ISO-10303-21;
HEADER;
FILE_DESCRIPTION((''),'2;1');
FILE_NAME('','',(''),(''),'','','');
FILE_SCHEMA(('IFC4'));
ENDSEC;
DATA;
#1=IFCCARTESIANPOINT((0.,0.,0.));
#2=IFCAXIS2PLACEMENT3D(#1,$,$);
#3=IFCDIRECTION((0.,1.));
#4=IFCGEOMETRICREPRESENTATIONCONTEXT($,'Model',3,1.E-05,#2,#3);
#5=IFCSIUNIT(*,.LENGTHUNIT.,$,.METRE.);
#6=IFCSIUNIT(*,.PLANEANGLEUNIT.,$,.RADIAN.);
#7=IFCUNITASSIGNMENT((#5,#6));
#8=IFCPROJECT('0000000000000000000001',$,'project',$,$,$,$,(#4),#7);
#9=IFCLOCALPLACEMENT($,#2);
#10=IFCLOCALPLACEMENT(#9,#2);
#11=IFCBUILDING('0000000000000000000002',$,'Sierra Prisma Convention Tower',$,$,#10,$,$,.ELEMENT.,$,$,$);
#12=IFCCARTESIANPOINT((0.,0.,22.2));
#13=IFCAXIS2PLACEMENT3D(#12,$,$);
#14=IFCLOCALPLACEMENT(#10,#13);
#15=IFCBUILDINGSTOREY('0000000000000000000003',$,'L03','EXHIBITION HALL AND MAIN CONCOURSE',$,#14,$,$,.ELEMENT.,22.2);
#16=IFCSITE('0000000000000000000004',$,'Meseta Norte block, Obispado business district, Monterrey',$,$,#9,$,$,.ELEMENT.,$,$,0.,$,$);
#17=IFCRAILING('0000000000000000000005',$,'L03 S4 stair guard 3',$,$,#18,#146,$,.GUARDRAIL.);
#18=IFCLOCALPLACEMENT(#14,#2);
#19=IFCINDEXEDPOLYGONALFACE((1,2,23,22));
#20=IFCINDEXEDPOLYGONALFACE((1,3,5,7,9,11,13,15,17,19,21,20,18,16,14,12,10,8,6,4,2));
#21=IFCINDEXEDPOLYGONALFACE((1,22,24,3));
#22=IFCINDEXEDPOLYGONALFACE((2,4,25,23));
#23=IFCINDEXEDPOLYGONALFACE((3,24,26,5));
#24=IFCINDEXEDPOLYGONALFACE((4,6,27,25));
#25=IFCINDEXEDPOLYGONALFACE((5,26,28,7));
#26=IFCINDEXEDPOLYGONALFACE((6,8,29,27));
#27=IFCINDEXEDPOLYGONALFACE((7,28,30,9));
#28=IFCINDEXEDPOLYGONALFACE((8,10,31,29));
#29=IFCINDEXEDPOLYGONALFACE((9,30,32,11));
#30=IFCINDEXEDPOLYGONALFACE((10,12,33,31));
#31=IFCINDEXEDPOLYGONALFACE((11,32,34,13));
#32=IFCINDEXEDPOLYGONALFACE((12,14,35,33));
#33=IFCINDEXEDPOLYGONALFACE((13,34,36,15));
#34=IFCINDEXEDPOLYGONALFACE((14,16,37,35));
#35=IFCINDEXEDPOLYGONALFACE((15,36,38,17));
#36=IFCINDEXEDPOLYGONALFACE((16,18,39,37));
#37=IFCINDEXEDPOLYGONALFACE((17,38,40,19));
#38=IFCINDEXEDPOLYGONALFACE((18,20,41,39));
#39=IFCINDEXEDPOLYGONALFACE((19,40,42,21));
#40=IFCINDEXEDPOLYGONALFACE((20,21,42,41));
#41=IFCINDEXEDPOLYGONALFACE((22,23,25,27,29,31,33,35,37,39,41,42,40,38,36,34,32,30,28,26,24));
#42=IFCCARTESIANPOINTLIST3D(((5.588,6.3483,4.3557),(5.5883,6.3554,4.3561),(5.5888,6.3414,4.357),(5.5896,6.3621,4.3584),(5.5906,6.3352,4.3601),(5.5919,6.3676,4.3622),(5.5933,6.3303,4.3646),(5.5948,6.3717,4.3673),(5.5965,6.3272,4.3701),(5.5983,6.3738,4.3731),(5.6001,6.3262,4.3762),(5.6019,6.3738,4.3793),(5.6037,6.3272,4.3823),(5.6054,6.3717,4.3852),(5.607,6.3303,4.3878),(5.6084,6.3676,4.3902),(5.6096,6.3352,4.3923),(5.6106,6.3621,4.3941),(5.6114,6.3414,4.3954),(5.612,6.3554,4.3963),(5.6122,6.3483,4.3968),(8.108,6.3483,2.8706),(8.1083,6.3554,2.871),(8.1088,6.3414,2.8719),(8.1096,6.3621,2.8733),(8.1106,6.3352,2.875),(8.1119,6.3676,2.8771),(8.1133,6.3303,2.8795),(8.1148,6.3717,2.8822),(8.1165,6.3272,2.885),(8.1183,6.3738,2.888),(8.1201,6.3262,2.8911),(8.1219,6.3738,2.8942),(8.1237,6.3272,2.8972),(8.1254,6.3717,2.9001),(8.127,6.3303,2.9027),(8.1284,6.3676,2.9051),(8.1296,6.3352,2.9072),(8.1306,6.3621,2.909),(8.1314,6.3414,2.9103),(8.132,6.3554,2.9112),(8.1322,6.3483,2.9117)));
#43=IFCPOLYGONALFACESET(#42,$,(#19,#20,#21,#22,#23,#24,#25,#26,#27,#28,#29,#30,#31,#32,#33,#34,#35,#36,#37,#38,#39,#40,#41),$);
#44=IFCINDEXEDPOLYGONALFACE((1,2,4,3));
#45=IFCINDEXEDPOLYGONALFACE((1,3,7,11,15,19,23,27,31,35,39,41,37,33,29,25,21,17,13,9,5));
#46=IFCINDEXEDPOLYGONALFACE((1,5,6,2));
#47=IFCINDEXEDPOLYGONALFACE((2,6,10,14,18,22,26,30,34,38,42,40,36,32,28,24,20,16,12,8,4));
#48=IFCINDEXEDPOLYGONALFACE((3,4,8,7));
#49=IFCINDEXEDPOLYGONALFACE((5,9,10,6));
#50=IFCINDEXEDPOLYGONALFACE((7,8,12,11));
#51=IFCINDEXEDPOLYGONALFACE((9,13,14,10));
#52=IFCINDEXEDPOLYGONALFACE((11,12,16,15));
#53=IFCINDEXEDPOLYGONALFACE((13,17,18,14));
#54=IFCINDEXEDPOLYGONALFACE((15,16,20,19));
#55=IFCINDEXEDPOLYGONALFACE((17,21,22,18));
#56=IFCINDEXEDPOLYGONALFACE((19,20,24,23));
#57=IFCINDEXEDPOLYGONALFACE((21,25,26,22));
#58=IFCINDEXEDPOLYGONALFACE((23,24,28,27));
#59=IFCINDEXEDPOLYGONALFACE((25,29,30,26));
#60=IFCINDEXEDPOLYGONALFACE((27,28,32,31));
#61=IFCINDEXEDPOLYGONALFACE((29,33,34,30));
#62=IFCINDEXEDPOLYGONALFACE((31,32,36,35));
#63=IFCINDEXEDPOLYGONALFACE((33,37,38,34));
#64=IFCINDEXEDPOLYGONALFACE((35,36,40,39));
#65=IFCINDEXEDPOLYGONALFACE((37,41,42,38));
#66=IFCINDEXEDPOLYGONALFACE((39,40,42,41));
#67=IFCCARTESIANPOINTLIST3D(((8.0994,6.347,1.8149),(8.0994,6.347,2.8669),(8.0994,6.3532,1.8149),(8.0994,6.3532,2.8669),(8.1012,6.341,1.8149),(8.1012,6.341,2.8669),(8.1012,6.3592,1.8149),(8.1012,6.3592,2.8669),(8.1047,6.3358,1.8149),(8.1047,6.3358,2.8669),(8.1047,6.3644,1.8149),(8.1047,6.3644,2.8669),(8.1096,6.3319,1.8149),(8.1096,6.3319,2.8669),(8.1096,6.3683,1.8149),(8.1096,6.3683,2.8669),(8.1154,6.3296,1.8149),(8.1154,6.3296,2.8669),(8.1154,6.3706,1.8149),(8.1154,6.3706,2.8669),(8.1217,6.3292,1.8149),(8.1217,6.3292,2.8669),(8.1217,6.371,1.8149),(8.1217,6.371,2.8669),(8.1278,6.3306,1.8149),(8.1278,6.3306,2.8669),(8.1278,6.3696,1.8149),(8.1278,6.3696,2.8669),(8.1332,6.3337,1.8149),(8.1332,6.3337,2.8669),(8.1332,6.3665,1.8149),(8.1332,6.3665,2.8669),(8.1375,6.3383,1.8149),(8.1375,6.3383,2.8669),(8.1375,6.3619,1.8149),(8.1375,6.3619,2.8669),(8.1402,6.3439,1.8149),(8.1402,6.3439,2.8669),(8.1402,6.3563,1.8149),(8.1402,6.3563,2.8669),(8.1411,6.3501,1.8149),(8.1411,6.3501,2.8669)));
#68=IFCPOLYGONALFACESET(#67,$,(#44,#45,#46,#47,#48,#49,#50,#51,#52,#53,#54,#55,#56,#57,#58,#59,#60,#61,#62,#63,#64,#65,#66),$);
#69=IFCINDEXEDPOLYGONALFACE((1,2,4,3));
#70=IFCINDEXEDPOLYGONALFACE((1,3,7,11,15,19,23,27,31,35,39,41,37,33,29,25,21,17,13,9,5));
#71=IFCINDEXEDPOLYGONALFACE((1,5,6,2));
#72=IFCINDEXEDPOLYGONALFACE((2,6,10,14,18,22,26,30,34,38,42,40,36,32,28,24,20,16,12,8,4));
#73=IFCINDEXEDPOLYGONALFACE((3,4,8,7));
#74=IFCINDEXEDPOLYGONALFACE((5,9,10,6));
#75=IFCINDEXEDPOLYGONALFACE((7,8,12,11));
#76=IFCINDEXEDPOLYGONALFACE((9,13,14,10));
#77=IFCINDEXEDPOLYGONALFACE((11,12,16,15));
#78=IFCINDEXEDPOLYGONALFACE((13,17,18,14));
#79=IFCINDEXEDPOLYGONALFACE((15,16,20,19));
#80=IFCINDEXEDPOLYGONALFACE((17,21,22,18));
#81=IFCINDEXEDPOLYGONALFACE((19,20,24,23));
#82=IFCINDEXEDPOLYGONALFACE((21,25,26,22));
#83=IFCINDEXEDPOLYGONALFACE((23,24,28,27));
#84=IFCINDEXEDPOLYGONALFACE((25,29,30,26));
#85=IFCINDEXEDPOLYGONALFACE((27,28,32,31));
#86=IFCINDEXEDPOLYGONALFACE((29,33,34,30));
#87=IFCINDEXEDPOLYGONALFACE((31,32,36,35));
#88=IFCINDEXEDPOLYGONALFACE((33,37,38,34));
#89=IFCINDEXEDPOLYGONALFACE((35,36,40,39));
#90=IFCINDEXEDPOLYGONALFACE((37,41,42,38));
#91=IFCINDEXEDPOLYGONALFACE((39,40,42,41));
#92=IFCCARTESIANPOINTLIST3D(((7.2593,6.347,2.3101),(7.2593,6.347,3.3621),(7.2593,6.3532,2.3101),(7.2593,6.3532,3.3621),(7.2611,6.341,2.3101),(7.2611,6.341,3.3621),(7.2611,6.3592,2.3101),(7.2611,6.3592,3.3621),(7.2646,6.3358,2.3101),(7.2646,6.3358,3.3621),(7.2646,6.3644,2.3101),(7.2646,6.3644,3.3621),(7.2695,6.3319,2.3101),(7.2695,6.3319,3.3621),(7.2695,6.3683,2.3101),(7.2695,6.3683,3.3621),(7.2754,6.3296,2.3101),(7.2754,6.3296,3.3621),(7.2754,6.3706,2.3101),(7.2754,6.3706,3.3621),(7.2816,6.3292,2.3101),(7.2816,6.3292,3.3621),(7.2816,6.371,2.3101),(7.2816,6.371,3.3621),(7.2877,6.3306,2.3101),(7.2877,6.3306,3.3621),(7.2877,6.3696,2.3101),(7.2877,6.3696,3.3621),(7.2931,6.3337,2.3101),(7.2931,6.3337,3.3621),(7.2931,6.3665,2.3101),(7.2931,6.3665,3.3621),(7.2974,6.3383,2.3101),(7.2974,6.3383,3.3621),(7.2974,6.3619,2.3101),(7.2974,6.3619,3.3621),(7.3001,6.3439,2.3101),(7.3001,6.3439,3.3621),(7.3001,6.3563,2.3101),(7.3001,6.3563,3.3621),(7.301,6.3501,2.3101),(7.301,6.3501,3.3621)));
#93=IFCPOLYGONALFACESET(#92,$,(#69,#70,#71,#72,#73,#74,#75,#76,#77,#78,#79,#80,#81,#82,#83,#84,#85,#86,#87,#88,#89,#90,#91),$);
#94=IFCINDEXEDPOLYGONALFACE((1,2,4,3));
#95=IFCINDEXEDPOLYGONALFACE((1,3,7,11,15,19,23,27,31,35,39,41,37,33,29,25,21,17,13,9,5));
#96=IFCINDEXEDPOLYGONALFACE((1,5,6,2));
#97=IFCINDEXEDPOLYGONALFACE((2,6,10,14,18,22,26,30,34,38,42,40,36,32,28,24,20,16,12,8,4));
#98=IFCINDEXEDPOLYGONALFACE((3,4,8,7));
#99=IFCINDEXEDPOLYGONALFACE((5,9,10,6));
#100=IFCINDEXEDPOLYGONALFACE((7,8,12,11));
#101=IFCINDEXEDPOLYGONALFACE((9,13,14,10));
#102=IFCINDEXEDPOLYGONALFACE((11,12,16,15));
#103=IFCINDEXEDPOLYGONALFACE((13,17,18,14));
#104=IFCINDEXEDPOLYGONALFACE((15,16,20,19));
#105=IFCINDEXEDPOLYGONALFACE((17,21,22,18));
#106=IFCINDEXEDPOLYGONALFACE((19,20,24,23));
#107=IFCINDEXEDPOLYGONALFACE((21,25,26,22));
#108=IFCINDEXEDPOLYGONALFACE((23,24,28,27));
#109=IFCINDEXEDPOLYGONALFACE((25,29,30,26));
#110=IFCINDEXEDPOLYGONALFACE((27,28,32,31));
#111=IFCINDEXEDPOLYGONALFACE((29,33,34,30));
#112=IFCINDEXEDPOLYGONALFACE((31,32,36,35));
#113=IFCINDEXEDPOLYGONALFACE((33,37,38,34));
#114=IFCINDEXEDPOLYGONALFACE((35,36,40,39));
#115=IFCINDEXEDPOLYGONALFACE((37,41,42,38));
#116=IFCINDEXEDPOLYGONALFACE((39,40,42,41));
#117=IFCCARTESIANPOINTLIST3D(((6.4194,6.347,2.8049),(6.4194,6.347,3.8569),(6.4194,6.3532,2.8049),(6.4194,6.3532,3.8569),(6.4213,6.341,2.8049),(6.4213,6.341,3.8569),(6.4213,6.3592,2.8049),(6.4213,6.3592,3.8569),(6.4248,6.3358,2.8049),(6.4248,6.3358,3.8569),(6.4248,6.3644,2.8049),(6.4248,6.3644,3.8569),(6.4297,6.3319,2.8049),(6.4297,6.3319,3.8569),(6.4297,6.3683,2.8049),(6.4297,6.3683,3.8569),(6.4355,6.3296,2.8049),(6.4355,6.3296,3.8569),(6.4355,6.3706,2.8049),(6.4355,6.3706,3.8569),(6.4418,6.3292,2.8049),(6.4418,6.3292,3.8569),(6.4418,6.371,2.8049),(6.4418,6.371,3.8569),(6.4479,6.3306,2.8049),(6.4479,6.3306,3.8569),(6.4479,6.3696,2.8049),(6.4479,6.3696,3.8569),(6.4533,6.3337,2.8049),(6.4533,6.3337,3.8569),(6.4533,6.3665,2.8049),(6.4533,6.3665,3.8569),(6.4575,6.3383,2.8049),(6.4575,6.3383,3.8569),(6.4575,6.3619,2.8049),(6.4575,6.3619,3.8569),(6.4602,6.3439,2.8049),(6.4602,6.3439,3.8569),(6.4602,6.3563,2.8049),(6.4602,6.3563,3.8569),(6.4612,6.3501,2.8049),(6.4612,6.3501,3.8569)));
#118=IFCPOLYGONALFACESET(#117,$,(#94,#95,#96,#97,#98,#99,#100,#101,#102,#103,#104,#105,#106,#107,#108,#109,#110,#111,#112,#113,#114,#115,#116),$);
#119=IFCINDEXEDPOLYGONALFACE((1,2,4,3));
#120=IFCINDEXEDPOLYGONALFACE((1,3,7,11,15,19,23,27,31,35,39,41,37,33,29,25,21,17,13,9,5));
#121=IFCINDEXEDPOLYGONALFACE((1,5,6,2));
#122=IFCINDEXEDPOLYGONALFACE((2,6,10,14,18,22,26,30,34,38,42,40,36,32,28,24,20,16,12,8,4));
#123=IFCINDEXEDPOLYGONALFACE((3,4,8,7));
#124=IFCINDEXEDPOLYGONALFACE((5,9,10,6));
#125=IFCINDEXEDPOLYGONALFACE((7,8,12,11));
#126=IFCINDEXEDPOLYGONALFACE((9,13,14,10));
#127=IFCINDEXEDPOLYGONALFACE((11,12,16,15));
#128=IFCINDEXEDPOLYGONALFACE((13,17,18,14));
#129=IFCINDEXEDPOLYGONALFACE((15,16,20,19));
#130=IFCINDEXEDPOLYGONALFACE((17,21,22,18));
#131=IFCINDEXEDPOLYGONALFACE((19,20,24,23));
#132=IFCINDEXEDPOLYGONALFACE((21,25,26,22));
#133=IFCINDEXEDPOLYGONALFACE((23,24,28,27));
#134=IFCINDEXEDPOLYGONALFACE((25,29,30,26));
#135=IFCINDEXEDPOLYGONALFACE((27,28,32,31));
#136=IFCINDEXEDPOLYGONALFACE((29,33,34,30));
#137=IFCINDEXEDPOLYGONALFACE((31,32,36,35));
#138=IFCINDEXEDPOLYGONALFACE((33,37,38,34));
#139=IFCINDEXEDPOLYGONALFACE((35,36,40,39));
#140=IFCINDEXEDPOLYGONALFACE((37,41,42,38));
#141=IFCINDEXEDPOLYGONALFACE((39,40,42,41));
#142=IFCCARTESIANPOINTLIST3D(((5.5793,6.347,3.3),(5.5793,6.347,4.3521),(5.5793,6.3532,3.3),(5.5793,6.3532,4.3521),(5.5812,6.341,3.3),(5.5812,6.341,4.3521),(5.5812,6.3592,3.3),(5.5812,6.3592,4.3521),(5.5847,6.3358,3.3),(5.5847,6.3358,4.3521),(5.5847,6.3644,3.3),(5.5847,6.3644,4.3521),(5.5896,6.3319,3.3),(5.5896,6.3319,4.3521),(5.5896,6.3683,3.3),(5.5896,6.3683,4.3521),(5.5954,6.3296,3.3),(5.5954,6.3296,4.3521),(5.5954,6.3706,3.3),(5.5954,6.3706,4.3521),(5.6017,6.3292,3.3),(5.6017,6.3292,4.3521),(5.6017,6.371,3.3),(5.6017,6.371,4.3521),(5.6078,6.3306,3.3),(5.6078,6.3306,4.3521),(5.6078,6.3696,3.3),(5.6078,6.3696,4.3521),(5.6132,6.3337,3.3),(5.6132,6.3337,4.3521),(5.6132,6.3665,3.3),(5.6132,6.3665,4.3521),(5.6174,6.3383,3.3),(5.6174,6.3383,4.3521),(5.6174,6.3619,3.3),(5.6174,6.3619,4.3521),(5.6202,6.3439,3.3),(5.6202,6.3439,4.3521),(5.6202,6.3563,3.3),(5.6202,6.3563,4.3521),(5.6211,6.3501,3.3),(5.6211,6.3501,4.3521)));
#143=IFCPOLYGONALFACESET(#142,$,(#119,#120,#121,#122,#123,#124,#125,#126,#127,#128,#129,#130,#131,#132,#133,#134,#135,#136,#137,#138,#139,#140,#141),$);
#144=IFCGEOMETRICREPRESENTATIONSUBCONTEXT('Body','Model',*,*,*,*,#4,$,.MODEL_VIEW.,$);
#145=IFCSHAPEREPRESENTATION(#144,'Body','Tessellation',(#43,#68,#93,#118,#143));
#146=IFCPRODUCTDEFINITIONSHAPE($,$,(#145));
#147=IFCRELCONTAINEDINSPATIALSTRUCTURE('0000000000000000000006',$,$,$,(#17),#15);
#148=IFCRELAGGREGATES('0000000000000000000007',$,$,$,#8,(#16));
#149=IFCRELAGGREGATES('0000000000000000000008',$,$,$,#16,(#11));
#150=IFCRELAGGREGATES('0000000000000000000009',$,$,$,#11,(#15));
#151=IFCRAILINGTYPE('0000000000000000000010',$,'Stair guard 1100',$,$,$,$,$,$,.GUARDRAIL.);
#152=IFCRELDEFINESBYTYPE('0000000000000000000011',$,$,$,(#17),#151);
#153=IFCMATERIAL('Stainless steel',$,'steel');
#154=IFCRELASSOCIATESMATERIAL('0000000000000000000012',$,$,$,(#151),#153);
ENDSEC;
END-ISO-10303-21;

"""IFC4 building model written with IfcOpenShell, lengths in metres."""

from ifc_helpers import new_model, si_unit, direction, frame, origin, origin_2d, place, context, subcontext, project, spatial, circle, extrude, material, type_object, element, save


model = new_model("IFC4")

# Units and contexts
model_context = context("Model", 3, precision=1e-05, world=origin(), true_north=direction((0.0, 1.0)))
body_context = subcontext(model_context, "Body", "Model", "MODEL_VIEW")
ifc_project = project(units=[si_unit("LENGTHUNIT", "METRE"), si_unit("PLANEANGLEUNIT", "RADIAN")], contexts=[model_context])

# Site, building, storey
site_placement = place(None, origin())
site = spatial("IfcSite", under=ifc_project, at=site_placement, Name="Meseta Norte block, Obispado business district, Monterrey", CompositionType="ELEMENT", RefElevation=0.0)
building_placement = place(site_placement, origin())
building = spatial("IfcBuilding", under=site, at=building_placement, Name="Sierra Prisma Convention Tower", CompositionType="ELEMENT")
storey_placement = place(building_placement, frame((0.0, 0.0, 22.2)))
storey = spatial("IfcBuildingStorey", under=building, at=storey_placement, Name="L03", Description="EXHIBITION HALL AND MAIN CONCOURSE", CompositionType="ELEMENT", Elevation=22.2)

# Railing
ifc_material_1 = material(Name="Stainless steel", Category="steel")
railing_type_1 = type_object("IfcRailingType", Name="Stair guard 1100", PredefinedType="GUARDRAIL", material=ifc_material_1)
railing_1_placement = place(storey_placement, frame((8.1201, 6.3501, 1.8149)))
element("IfcRailing", 1, at=railing_1_placement, inside=storey, type_object=railing_type_1, Name="L03 S4 stair guard 3", PredefinedType="GUARDRAIL", context=body_context, shape_type="SweptSolid", body=[
    extrude(circle(Radius=0.0239, at=origin_2d()), frame((0.0, 0.0, 1.0762), z_axis=(-0.861524, 0.0, 0.507717), x_axis=(0.0, -1.0, 0.0)), (0.0, 0.0, 1.0), 2.925),
    extrude(circle(Radius=0.021, at=origin_2d()), origin(), (0.0, 0.0, 1.0), 1.052),
    extrude(circle(Radius=0.021, at=origin_2d()), frame((-0.8401, 0.0, 0.4951)), (0.0, 0.0, 1.0), 1.052),
    extrude(circle(Radius=0.021, at=origin_2d()), frame((-1.6799, 0.0, 0.99)), (0.0, 0.0, 1.0), 1.052),
    extrude(circle(Radius=0.021, at=origin_2d()), frame((-2.52, 0.0, 1.4851)), (0.0, 0.0, 1.0), 1.052),
])

save(model, "model.ifc")
